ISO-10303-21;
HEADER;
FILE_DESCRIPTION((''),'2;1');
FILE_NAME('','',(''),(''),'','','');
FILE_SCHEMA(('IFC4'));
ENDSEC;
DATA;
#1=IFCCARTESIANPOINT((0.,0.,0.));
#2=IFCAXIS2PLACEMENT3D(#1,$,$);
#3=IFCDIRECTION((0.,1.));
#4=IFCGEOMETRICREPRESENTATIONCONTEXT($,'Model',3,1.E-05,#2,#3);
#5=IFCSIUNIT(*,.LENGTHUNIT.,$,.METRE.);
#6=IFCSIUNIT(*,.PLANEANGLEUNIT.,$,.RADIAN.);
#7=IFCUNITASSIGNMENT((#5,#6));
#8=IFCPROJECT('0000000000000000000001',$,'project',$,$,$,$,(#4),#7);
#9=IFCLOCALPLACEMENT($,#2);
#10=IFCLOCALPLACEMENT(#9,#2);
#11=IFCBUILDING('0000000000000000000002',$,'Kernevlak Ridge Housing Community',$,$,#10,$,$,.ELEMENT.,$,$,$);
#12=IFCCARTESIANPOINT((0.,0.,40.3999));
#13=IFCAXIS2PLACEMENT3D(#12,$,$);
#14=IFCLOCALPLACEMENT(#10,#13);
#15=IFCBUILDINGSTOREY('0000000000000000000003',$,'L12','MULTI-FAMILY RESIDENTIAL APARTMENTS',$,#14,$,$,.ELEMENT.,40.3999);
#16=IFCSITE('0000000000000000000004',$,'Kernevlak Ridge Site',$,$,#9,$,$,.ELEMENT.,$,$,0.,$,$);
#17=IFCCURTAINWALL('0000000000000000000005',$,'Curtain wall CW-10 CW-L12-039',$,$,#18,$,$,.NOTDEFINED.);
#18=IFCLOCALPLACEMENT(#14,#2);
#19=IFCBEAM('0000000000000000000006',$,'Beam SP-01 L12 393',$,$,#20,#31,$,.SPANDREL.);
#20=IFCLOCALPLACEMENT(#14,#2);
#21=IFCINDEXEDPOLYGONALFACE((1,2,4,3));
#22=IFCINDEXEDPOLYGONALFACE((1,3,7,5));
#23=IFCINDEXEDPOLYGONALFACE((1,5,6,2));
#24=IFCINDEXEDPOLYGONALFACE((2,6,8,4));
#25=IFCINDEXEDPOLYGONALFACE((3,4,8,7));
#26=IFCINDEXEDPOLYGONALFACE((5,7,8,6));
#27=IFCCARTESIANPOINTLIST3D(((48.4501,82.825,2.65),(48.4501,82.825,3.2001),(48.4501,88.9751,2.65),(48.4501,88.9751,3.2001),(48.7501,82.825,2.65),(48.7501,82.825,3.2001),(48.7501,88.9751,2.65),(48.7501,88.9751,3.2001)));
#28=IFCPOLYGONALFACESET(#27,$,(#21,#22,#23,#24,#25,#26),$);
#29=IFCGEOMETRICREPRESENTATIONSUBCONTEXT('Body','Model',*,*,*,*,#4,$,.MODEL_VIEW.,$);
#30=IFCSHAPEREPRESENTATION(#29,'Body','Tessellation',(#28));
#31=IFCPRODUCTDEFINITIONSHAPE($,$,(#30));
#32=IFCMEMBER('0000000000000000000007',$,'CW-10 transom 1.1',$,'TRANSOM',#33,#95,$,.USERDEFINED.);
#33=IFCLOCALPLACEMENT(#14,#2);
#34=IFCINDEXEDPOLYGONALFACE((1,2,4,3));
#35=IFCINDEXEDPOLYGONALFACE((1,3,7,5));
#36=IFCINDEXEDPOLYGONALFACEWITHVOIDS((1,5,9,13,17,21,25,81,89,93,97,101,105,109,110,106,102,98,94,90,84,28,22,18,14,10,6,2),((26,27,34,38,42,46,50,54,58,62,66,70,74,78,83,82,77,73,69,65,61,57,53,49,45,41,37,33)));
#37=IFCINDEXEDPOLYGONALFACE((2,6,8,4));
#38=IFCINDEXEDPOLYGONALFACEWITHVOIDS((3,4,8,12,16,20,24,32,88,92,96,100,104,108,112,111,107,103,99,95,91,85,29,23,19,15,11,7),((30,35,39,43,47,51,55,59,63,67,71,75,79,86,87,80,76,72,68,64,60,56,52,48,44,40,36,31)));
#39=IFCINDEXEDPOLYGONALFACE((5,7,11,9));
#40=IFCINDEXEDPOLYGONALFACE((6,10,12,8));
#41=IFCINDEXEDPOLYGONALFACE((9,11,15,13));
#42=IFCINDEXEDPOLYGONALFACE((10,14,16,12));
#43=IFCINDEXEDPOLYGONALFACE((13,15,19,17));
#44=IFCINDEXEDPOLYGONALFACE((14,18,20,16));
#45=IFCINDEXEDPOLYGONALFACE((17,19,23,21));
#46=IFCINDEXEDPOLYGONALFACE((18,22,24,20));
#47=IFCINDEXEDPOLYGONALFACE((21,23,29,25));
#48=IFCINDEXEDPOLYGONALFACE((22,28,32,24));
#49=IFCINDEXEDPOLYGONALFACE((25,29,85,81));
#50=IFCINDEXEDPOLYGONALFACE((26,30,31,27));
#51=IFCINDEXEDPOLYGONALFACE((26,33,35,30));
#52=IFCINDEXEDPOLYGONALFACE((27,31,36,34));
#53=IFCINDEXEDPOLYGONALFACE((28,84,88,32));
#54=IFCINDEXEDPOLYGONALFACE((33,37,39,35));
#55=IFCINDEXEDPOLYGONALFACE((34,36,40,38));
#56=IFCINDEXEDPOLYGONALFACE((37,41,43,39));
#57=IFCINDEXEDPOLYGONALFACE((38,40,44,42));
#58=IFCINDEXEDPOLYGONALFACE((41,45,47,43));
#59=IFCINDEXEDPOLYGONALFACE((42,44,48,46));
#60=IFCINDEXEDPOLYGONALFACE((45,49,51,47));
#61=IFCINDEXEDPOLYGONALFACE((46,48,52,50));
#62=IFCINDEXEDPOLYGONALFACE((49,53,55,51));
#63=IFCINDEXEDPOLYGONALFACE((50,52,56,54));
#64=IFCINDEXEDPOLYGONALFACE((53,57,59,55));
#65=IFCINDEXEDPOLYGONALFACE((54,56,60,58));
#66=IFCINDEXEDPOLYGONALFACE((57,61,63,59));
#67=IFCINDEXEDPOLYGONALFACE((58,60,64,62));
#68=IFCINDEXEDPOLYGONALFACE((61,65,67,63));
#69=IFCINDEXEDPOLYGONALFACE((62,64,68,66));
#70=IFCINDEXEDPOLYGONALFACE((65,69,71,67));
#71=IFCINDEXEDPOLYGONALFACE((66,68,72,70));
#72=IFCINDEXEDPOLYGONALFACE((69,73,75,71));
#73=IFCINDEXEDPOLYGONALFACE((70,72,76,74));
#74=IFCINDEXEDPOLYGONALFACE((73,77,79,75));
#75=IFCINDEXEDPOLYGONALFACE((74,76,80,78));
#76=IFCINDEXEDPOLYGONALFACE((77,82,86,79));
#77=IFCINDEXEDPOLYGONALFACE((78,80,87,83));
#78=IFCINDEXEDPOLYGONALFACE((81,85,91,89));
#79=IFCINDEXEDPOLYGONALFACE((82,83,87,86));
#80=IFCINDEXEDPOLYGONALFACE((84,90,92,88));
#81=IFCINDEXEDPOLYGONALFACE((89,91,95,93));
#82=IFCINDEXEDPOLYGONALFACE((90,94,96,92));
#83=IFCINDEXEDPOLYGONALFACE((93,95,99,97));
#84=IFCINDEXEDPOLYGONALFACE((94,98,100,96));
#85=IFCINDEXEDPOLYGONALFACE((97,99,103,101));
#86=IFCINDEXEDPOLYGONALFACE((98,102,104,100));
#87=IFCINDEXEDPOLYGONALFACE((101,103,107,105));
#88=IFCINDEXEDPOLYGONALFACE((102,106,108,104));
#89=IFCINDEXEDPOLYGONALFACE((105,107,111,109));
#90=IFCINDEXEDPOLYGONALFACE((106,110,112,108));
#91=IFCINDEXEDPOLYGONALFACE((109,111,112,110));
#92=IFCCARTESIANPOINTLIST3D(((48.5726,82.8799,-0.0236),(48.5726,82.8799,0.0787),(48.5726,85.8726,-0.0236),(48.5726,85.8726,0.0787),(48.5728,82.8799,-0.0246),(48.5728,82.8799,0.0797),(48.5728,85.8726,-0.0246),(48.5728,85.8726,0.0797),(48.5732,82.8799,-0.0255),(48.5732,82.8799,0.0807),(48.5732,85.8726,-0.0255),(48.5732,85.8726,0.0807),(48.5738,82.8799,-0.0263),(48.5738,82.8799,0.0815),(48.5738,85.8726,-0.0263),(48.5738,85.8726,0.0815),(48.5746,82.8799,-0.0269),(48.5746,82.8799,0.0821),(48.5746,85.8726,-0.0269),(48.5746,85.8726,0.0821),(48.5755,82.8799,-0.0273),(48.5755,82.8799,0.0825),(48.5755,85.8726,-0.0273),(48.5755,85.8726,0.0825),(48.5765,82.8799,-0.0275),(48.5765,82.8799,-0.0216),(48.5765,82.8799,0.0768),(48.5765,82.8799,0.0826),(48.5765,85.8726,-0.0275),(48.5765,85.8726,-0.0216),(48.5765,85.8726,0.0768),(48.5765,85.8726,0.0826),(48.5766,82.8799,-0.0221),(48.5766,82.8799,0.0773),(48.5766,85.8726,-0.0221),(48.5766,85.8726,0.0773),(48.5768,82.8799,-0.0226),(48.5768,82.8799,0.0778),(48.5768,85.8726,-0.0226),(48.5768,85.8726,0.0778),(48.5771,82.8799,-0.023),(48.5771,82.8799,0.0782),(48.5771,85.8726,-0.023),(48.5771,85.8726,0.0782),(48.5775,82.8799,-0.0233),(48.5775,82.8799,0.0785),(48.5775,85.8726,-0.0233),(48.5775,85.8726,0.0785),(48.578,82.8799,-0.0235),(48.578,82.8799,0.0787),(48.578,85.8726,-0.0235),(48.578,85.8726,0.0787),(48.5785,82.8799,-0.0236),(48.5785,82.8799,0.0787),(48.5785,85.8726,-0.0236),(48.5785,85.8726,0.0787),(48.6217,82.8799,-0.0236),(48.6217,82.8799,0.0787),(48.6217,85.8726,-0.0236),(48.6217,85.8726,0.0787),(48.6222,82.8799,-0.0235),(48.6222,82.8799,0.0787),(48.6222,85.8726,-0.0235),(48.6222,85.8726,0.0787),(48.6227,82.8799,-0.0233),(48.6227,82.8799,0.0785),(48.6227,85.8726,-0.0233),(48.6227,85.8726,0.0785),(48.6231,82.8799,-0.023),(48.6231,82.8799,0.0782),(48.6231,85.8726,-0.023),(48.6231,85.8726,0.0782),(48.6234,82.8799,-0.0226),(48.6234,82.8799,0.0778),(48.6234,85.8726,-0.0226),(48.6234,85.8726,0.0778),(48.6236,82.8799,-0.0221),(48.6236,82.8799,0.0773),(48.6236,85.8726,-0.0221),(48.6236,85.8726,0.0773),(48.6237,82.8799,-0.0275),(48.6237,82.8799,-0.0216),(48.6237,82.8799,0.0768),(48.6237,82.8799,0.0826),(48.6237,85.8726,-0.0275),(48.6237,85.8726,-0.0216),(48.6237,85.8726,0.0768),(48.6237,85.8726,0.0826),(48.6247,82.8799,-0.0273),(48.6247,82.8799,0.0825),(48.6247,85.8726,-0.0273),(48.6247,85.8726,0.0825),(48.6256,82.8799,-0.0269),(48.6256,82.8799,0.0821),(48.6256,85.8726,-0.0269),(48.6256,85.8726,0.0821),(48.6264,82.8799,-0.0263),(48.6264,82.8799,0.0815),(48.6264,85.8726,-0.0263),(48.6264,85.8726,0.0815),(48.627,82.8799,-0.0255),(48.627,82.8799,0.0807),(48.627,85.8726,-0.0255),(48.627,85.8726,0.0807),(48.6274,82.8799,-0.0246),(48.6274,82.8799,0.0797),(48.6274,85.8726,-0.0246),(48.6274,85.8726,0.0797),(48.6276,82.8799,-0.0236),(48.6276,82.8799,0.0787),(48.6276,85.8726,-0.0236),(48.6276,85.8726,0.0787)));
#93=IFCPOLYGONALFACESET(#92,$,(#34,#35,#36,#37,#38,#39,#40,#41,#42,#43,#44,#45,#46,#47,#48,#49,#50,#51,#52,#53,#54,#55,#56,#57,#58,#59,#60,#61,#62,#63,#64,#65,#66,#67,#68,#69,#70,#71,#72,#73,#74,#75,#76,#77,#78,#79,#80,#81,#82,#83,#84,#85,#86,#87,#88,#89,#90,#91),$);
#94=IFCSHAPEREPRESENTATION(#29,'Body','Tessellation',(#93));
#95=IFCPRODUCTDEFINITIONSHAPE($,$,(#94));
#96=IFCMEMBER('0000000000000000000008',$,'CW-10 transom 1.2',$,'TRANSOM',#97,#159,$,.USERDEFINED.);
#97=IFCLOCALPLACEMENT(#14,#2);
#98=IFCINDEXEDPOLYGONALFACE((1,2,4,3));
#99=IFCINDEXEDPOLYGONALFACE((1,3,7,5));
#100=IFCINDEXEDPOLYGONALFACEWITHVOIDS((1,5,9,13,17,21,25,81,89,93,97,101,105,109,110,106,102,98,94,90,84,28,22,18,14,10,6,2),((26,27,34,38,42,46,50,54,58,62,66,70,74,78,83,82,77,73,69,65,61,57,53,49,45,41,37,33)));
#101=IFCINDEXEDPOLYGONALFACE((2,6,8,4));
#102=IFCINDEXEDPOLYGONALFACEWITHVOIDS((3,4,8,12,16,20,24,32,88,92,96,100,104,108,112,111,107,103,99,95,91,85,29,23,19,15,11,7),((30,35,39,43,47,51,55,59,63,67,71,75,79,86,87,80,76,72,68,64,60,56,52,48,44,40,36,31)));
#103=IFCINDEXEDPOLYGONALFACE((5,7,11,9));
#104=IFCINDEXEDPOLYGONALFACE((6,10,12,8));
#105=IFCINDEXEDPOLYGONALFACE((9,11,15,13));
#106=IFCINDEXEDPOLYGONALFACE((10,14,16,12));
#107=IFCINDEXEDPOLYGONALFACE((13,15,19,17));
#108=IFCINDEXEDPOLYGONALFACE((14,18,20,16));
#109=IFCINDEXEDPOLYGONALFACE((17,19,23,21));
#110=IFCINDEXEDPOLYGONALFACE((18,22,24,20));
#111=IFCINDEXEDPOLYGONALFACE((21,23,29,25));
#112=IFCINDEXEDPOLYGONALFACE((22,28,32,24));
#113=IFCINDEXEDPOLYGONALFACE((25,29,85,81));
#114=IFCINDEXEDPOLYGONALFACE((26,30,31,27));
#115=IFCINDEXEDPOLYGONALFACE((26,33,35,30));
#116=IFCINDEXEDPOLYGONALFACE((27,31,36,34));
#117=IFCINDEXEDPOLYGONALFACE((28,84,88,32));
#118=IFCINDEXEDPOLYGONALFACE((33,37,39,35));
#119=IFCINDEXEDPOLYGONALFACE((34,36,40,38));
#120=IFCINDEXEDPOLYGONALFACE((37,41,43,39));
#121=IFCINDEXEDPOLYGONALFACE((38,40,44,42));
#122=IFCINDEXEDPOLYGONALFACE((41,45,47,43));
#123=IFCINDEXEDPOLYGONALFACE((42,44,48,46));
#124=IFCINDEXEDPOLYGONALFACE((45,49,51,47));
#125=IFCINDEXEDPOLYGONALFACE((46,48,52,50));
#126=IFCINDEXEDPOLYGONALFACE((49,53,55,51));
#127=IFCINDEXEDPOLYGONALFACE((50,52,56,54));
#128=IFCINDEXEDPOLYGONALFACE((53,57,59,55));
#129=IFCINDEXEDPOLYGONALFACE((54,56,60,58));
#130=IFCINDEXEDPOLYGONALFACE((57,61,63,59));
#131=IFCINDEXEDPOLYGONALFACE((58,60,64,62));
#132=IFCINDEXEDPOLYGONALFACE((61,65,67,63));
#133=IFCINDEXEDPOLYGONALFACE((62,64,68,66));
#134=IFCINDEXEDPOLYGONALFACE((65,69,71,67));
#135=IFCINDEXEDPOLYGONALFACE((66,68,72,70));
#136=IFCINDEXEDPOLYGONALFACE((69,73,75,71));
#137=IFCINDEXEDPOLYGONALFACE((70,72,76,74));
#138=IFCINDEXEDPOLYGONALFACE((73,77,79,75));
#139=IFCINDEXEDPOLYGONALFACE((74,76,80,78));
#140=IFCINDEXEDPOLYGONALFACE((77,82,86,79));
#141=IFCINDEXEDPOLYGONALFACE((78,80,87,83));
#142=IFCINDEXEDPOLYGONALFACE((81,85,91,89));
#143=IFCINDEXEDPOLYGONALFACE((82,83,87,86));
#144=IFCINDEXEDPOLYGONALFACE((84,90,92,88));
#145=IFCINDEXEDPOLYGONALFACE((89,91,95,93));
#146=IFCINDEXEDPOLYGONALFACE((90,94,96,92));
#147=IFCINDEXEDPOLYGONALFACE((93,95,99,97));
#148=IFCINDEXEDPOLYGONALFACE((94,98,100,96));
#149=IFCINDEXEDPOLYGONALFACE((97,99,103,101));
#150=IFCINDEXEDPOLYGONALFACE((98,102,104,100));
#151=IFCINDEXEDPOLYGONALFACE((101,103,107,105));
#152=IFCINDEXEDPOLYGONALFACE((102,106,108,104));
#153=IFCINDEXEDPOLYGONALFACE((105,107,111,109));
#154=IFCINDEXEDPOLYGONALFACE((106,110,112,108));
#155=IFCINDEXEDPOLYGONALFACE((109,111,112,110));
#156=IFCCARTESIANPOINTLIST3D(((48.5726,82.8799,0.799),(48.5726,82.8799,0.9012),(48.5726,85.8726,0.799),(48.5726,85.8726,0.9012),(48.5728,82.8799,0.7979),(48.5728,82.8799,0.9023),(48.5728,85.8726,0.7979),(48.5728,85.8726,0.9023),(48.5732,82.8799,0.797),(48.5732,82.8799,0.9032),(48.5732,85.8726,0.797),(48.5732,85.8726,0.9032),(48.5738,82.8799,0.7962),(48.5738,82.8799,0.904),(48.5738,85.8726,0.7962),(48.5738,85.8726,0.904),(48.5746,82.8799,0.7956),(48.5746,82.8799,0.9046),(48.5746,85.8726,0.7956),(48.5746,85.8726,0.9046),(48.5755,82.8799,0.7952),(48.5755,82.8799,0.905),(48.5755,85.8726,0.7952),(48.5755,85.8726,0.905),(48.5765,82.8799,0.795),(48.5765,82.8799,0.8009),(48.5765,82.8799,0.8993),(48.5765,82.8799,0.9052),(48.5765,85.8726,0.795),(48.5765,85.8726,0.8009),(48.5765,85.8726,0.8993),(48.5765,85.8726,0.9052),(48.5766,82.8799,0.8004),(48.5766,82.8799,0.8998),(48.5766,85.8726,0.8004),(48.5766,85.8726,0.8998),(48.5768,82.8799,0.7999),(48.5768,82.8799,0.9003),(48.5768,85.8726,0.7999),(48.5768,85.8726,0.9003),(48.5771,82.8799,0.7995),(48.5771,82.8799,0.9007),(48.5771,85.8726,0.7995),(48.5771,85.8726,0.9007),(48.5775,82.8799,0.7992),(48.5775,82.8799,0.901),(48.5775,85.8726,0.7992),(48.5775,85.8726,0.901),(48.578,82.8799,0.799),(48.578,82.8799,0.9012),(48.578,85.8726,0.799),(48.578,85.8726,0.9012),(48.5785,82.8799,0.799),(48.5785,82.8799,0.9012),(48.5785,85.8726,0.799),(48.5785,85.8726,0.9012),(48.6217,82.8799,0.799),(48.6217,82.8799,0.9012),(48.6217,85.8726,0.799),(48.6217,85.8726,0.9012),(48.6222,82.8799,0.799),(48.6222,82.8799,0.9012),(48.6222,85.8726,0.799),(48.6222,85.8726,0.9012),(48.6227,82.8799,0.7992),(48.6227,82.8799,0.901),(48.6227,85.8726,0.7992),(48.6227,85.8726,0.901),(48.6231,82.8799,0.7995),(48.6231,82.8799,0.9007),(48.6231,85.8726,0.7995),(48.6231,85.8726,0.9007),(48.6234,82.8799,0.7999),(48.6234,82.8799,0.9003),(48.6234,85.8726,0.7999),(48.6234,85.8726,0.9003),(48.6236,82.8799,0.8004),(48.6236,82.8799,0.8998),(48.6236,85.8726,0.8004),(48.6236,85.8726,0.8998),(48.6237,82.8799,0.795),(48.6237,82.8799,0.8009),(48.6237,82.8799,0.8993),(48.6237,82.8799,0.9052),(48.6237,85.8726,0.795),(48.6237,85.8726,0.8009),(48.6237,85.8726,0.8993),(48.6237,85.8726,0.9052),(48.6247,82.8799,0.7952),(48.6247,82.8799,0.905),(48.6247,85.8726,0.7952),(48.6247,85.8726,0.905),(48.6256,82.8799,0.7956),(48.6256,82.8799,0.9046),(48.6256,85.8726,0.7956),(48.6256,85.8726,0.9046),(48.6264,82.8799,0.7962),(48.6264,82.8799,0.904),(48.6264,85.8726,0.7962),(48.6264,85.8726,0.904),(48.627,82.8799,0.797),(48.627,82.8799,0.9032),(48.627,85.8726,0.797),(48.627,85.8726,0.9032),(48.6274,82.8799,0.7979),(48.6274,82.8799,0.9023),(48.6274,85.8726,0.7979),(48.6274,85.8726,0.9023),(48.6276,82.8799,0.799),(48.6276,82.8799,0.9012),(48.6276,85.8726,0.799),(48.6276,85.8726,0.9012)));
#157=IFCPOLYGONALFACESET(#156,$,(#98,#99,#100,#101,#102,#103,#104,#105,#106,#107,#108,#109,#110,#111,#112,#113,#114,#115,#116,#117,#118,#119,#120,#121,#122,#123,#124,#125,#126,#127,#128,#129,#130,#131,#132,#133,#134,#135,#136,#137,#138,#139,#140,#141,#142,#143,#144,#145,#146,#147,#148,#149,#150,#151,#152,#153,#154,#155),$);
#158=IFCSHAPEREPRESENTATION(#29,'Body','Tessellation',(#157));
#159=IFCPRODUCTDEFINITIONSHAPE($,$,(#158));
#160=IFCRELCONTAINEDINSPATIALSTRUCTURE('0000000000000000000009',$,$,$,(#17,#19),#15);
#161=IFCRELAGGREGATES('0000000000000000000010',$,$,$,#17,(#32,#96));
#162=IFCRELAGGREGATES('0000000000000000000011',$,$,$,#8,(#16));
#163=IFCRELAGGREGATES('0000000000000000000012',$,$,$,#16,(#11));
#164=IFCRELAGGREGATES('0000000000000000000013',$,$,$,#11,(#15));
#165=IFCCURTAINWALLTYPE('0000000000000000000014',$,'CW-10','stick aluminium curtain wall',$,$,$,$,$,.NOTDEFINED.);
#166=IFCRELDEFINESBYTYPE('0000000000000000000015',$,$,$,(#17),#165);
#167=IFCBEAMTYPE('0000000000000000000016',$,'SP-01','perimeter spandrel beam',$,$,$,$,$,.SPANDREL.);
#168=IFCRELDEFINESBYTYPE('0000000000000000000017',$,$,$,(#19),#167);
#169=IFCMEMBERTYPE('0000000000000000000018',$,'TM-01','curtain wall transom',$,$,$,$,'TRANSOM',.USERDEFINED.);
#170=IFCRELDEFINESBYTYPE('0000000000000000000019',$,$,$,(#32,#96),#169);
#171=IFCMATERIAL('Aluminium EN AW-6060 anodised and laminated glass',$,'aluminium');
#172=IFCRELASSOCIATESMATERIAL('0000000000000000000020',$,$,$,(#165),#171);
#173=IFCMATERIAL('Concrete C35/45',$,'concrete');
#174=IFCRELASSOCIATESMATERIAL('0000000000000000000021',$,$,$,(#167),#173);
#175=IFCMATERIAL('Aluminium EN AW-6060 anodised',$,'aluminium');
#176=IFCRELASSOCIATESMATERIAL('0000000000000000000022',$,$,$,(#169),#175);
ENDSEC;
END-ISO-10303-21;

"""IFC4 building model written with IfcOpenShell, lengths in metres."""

from ifc_helpers import new_model, si_unit, direction, frame, origin, origin_2d, place, context, subcontext, project, spatial, rectangle, hollow_rectangle, extrude, material, material_profile, profile_set, type_object, element, aggregate, save


model = new_model("IFC4")

# Units and contexts
model_context = context("Model", 3, precision=1e-05, world=origin(), true_north=direction((0.0, 1.0)))
body_context = subcontext(model_context, "Body", "Model", "MODEL_VIEW")
ifc_project = project(units=[si_unit("LENGTHUNIT", "METRE"), si_unit("PLANEANGLEUNIT", "RADIAN")], contexts=[model_context])

# Site, building, storey
site_placement = place(None, origin())
site = spatial("IfcSite", under=ifc_project, at=site_placement, Name="Kernevlak Ridge Site", CompositionType="ELEMENT", RefElevation=0.0)
building_placement = place(site_placement, origin())
building = spatial("IfcBuilding", under=site, at=building_placement, Name="Kernevlak Ridge Housing Community", CompositionType="ELEMENT")
storey_placement = place(building_placement, frame((0.0, 0.0, 40.3999)))
storey = spatial("IfcBuildingStorey", under=building, at=storey_placement, Name="L12", Description="MULTI-FAMILY RESIDENTIAL APARTMENTS", CompositionType="ELEMENT", Elevation=40.3999)

# Shared definitions
ifc_material_1 = material(Name="Concrete C35/45", Category="concrete")

# Curtain wall
ifc_material_2 = material(Name="Aluminium EN AW-6060 anodised and laminated glass", Category="aluminium")
curtain_wall_type = type_object("IfcCurtainWallType", Name="CW-10", Description="stick aluminium curtain wall", PredefinedType="NOTDEFINED", material=ifc_material_2)
curtain_wall_placement = place(storey_placement, origin())
curtain_wall = element("IfcCurtainWall", 1, at=curtain_wall_placement, inside=storey, type_object=curtain_wall_type, Name="Curtain wall CW-10 CW-L12-039", PredefinedType="NOTDEFINED")
ifc_material_3 = material(Name="Aluminium EN AW-6060 anodised", Category="aluminium")

# Beam
ifc_material_profile_1 = material_profile(ifc_material_1, rectangle(XDim=0.3, YDim=0.55, at=origin_2d()), Name="RC 300x550")
ifc_profile_set_1 = profile_set([ifc_material_profile_1], Name="Concrete C35/45")
beam_type_1 = type_object("IfcBeamType", Name="SP-01", Description="perimeter spandrel beam", PredefinedType="SPANDREL", material=ifc_profile_set_1)
beam_1_placement = place(storey_placement, frame((48.6001, 82.825, 2.925), z_axis=(0.0, 1.0, 0.0), x_axis=(-1.0, 0.0, 0.0)))
element("IfcBeam", 2, at=beam_1_placement, inside=storey, type_object=beam_type_1, Name="Beam SP-01 L12 393", PredefinedType="SPANDREL", context=body_context, shape_type="SweptSolid", body=[
    extrude(rectangle(XDim=0.3, YDim=0.55, at=origin_2d()), origin(), (0.0, 0.0, 1.0), 6.1501),
])

# Members
ifc_material_profile_2 = material_profile(ifc_material_3, hollow_rectangle(XDim=0.0549, YDim=0.1101, WallThickness=0.0039, InnerFilletRadius=0.002, OuterFilletRadius=0.0039, at=origin_2d()), Name="ALU 55x110x4")
ifc_profile_set_2 = profile_set([ifc_material_profile_2], Name="Aluminium EN AW-6060 anodised")
member_type_1 = type_object("IfcMemberType", Name="TM-01", Description="curtain wall transom", ElementType="TRANSOM", PredefinedType="USERDEFINED", material=ifc_profile_set_2)
member_1_placement = place(storey_placement, frame((48.6001, 82.8799, 0.0276), z_axis=(0.0, 1.0, 0.0), x_axis=(-1.0, 0.0, 0.0)))
member_1 = element("IfcMember", 3, at=member_1_placement, type_object=member_type_1, Name="CW-10 transom 1.1", ObjectType="TRANSOM", PredefinedType="USERDEFINED", context=body_context, shape_type="SweptSolid", body=[
    extrude(hollow_rectangle(XDim=0.0549, YDim=0.1101, WallThickness=0.0039, InnerFilletRadius=0.002, OuterFilletRadius=0.0039, at=origin_2d()), origin(), (0.0, 0.0, 1.0), 2.9927),
])
member_2_placement = place(storey_placement, frame((48.6001, 82.8799, 0.8501), z_axis=(0.0, 1.0, 0.0), x_axis=(-1.0, 0.0, 0.0)))
member_2 = element("IfcMember", 4, at=member_2_placement, type_object=member_type_1, Name="CW-10 transom 1.2", ObjectType="TRANSOM", PredefinedType="USERDEFINED", context=body_context, shape_type="SweptSolid", body=[
    extrude(hollow_rectangle(XDim=0.0549, YDim=0.1101, WallThickness=0.0039, InnerFilletRadius=0.002, OuterFilletRadius=0.0039, at=origin_2d()), origin(), (0.0, 0.0, 1.0), 2.9927),
])

aggregate(curtain_wall, [member_1, member_2])

save(model, "model.ifc")
